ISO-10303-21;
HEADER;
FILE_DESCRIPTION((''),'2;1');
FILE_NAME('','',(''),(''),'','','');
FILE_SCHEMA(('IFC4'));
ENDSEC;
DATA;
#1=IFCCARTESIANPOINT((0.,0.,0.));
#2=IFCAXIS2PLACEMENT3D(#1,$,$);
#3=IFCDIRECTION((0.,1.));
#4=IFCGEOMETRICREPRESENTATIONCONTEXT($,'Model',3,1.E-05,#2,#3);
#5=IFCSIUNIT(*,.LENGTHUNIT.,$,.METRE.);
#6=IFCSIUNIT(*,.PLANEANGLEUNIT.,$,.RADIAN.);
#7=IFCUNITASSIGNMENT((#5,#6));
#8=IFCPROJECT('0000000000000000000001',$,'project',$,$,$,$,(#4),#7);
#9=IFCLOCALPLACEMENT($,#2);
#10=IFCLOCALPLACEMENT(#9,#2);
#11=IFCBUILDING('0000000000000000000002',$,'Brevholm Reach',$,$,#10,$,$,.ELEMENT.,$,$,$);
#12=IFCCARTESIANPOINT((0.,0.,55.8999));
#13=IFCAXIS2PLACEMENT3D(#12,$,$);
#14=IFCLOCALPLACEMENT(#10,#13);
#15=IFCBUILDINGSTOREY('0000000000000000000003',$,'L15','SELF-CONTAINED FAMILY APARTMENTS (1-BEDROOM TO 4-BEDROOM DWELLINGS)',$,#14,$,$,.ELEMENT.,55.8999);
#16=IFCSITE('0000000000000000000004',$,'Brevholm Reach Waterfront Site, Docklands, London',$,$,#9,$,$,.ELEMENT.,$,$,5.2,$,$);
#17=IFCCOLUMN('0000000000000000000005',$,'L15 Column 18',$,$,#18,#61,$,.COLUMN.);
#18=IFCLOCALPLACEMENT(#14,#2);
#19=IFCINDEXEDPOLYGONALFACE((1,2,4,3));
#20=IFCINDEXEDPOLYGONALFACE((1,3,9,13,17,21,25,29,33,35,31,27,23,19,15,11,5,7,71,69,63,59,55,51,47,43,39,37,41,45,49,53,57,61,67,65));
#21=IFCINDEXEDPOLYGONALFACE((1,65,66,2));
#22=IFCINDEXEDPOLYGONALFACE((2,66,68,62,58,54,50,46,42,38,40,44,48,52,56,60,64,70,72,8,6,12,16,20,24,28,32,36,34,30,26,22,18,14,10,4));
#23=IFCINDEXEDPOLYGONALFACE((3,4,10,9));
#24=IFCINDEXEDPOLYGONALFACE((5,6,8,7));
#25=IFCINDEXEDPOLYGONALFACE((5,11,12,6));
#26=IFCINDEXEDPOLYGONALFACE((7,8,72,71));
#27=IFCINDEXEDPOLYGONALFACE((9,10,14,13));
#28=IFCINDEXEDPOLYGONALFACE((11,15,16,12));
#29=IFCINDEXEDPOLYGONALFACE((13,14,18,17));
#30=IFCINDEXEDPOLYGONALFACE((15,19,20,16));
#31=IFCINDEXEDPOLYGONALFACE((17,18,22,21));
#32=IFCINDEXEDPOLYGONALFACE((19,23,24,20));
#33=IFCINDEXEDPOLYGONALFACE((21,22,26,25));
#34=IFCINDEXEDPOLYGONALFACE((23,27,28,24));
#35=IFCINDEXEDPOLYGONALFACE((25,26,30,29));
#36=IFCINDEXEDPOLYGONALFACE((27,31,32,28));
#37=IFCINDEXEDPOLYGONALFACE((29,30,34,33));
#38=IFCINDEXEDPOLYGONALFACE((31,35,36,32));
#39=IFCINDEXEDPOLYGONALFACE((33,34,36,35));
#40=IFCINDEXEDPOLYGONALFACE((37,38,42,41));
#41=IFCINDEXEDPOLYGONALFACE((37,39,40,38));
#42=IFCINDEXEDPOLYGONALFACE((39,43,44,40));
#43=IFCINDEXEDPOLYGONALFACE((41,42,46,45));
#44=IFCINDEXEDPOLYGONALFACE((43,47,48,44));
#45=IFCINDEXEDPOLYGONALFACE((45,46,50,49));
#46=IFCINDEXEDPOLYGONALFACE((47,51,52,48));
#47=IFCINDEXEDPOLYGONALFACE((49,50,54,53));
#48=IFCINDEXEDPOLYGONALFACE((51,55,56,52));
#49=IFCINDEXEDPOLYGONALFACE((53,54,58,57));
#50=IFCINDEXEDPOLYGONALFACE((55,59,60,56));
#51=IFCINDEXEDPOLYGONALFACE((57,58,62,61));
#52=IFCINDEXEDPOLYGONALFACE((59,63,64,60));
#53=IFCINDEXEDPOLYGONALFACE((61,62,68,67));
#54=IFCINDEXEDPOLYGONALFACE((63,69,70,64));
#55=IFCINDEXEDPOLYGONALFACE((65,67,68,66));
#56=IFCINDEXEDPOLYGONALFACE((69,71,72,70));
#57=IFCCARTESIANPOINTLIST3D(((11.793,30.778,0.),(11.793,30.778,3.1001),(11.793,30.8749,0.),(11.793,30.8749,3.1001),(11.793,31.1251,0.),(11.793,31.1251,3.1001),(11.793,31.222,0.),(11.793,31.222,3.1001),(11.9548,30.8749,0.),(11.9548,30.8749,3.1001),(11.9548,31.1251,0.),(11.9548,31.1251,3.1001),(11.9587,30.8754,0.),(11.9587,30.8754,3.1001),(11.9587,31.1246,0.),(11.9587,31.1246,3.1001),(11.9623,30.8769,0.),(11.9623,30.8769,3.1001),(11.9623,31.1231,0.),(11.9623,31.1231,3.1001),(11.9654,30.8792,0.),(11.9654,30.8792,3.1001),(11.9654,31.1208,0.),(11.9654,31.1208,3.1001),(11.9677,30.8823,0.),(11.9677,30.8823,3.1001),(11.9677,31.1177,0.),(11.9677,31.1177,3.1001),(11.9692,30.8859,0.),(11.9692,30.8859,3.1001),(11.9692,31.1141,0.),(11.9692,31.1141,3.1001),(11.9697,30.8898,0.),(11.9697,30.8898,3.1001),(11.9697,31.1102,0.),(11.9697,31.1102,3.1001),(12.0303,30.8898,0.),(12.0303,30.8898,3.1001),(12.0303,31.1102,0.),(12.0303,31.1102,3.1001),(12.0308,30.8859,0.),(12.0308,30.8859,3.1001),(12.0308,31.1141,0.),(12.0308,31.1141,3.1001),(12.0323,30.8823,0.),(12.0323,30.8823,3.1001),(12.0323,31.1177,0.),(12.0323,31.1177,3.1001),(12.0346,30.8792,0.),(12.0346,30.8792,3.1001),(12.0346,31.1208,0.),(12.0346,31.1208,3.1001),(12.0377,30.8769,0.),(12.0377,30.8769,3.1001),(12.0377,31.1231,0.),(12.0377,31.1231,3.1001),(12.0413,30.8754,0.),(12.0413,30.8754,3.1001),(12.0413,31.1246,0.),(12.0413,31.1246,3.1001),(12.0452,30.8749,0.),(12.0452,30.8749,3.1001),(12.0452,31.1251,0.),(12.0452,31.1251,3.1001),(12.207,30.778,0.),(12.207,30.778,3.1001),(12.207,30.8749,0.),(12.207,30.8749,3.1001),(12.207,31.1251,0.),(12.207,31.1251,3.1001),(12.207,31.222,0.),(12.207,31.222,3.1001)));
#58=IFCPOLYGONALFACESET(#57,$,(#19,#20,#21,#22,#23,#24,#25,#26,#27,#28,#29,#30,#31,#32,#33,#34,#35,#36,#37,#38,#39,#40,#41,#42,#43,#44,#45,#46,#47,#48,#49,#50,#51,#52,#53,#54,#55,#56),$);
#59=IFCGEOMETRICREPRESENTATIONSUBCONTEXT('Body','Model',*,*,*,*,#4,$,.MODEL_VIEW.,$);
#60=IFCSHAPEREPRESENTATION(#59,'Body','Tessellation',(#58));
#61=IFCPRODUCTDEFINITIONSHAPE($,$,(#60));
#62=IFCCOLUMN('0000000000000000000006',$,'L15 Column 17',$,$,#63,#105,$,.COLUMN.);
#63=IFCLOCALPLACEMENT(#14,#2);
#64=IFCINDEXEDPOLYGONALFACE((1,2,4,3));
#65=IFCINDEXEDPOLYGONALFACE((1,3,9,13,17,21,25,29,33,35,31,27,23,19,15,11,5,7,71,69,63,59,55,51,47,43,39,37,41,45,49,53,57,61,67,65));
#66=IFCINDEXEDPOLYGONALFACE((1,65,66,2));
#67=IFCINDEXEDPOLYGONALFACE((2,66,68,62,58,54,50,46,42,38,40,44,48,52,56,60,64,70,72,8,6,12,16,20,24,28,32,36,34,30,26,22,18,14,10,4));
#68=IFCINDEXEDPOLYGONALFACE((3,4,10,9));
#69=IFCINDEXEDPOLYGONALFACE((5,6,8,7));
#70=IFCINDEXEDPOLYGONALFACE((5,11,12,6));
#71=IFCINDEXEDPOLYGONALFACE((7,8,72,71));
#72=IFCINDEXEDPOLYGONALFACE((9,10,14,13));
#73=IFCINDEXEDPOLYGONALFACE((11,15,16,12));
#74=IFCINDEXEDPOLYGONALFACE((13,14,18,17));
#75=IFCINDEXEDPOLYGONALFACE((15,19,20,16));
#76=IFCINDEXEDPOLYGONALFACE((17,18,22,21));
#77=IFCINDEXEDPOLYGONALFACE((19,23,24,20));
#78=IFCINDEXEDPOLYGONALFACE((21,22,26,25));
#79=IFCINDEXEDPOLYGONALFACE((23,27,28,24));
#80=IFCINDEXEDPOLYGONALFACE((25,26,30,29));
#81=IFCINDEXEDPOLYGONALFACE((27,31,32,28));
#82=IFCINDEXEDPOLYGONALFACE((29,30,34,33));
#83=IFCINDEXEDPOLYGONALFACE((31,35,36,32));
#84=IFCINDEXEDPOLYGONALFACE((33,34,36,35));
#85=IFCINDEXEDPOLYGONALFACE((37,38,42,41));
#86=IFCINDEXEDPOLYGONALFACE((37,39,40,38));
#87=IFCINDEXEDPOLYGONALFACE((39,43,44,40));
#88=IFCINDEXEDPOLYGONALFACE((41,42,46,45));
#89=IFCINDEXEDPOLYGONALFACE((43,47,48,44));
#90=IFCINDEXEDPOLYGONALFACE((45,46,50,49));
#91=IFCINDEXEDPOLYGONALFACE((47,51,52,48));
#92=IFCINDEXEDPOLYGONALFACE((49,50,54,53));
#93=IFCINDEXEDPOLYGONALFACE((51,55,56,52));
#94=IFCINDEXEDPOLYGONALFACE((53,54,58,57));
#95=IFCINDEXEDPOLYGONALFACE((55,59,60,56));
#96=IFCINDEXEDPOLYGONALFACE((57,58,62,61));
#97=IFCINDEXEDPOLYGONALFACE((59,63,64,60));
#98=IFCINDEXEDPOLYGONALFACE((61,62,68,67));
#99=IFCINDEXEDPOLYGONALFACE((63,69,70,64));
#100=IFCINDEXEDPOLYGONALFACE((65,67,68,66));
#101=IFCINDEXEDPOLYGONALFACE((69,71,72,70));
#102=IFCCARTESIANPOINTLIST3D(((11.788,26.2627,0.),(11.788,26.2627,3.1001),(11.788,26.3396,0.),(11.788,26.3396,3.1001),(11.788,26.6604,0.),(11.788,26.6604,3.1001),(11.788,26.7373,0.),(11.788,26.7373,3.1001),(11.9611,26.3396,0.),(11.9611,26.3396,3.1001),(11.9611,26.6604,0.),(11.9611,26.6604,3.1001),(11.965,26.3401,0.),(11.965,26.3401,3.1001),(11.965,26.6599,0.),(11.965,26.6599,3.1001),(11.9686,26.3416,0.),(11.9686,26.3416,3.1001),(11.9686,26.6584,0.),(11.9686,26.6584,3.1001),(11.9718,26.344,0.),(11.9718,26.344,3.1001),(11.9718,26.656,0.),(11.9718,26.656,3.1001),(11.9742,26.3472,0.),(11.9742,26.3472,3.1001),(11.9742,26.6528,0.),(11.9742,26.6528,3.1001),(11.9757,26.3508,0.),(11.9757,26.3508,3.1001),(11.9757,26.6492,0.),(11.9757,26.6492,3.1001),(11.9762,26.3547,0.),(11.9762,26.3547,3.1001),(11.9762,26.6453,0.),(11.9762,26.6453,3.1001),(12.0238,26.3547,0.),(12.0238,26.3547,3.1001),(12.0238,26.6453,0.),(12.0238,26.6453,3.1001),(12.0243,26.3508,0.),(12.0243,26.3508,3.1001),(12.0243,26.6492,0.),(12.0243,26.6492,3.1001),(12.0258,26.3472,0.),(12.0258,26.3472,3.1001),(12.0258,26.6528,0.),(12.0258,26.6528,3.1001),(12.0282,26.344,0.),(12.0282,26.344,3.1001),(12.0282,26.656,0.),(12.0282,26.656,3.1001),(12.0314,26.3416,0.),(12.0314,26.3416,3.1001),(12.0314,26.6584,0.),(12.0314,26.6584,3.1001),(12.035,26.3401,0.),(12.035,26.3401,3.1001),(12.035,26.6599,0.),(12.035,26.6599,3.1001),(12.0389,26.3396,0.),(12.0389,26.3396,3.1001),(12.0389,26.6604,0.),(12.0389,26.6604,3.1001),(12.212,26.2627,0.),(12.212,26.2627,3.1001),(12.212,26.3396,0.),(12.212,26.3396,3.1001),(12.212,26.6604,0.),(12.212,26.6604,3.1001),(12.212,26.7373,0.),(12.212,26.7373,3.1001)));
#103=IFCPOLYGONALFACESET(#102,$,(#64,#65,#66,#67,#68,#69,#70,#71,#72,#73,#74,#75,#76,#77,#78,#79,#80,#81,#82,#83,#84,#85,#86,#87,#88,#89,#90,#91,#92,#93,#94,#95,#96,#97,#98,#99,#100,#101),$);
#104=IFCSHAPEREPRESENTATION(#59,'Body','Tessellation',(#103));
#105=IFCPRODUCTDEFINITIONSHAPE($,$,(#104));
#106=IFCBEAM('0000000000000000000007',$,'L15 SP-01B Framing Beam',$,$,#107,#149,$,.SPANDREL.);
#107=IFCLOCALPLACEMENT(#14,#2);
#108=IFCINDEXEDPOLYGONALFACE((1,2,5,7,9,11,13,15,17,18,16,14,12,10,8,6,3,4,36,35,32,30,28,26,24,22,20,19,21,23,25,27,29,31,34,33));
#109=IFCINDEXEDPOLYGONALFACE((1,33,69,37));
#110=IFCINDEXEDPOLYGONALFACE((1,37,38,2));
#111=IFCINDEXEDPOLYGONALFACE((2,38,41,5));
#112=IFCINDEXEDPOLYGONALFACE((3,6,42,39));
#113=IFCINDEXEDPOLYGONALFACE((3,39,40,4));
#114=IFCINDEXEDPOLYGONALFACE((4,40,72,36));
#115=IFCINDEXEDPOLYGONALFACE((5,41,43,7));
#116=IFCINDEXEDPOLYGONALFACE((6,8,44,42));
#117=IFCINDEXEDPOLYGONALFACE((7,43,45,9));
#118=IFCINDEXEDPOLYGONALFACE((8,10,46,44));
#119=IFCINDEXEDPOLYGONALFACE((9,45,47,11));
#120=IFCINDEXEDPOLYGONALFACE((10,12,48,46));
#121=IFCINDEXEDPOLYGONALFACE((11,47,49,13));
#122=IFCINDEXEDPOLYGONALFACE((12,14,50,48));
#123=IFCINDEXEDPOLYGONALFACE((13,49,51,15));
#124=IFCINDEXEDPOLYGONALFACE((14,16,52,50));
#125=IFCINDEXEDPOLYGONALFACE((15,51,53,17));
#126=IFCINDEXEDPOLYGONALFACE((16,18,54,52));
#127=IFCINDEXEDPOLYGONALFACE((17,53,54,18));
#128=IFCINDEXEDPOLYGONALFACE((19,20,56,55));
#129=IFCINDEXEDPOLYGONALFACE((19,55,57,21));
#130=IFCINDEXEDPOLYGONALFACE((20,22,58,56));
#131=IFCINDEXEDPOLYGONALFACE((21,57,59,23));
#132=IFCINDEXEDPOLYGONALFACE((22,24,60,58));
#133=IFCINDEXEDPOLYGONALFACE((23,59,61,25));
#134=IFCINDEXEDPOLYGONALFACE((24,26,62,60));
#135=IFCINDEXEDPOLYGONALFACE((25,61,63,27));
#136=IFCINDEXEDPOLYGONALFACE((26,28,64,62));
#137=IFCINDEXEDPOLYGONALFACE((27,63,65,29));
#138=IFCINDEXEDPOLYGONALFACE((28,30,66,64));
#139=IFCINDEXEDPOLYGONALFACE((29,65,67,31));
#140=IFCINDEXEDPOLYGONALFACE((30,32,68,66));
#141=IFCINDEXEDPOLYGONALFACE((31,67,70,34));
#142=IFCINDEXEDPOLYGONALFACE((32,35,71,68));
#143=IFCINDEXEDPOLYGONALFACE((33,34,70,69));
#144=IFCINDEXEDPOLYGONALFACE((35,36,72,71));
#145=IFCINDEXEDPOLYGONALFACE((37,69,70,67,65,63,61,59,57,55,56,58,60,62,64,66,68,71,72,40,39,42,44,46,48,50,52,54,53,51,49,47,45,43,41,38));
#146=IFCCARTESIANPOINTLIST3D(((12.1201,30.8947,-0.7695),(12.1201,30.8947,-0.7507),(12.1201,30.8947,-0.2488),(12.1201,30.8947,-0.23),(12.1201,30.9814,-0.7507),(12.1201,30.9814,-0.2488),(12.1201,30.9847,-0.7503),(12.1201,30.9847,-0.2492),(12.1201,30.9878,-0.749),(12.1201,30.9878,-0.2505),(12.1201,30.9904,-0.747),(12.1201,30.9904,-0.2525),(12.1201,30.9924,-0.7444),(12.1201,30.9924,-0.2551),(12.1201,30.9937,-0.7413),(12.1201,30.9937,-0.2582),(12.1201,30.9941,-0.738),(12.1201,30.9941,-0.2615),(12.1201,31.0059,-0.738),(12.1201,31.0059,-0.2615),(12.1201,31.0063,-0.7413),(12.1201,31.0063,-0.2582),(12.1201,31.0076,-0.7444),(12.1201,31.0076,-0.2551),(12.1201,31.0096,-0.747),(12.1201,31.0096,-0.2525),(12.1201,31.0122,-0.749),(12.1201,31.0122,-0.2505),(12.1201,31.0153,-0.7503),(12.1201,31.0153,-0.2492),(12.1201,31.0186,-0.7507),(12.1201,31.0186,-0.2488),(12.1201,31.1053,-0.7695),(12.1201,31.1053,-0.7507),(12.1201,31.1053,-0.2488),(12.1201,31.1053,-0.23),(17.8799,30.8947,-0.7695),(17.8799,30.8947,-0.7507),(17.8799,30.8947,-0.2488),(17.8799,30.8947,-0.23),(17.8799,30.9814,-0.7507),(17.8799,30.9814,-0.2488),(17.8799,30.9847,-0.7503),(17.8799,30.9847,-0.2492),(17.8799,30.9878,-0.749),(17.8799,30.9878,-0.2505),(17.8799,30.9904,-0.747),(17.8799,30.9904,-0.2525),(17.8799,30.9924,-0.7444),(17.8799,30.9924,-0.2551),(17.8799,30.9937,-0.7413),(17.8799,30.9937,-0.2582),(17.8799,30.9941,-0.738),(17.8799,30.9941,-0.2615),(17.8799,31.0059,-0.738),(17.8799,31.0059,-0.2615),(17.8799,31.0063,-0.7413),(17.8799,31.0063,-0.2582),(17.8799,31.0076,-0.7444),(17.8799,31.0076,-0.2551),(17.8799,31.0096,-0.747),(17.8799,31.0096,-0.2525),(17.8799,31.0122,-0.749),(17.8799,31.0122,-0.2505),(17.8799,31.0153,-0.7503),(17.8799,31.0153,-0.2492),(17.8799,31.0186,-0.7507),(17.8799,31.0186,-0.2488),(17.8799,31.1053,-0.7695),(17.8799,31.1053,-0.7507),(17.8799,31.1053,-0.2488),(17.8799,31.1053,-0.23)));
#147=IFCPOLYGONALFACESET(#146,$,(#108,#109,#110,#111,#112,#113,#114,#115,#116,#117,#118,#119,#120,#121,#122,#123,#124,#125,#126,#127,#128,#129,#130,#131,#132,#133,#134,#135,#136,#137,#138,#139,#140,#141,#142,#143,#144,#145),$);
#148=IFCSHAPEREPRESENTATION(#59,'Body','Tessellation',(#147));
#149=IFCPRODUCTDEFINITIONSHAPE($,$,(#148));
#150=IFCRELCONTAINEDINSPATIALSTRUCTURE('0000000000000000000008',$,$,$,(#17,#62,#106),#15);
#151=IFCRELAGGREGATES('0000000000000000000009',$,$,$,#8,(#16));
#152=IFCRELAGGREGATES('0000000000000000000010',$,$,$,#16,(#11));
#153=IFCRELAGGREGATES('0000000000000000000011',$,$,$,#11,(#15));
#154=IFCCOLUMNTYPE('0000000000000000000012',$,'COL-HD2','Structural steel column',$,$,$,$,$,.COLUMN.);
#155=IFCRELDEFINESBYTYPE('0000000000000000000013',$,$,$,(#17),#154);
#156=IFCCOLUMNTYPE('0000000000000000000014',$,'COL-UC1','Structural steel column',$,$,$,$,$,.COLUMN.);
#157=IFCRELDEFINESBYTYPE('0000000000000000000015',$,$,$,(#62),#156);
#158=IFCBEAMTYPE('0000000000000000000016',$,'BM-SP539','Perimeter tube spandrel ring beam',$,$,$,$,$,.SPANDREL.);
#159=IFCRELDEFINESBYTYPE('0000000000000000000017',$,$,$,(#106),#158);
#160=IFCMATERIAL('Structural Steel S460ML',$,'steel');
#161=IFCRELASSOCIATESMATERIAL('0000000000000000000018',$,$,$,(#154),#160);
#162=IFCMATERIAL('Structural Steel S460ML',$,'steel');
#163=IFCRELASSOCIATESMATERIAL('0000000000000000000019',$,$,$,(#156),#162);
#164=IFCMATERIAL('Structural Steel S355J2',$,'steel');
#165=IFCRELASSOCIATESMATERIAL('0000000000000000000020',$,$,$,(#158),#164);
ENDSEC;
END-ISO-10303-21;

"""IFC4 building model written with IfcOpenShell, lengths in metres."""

from ifc_helpers import new_model, si_unit, direction, frame, origin, origin_2d, place, context, subcontext, project, spatial, i_section, extrude, material, material_profile, profile_set, type_object, element, save


model = new_model("IFC4")

# Units and contexts
model_context = context("Model", 3, precision=1e-05, world=origin(), true_north=direction((0.0, 1.0)))
body_context = subcontext(model_context, "Body", "Model", "MODEL_VIEW")
ifc_project = project(units=[si_unit("LENGTHUNIT", "METRE"), si_unit("PLANEANGLEUNIT", "RADIAN")], contexts=[model_context])

# Site, building, storey
site_placement = place(None, origin())
site = spatial("IfcSite", under=ifc_project, at=site_placement, Name="Brevholm Reach Waterfront Site, Docklands, London", CompositionType="ELEMENT", RefElevation=5.2)
building_placement = place(site_placement, origin())
building = spatial("IfcBuilding", under=site, at=building_placement, Name="Brevholm Reach", CompositionType="ELEMENT")
storey_placement = place(building_placement, frame((0.0, 0.0, 55.8999)))
storey = spatial("IfcBuildingStorey", under=building, at=storey_placement, Name="L15", Description="SELF-CONTAINED FAMILY APARTMENTS (1-BEDROOM TO 4-BEDROOM DWELLINGS)", CompositionType="ELEMENT", Elevation=55.8999)

# Columns
ifc_material_1 = material(Name="Structural Steel S460ML", Category="steel")
ifc_material_profile_1 = material_profile(ifc_material_1, i_section(OverallWidth=0.4141, OverallDepth=0.4441, WebThickness=0.0605, FlangeThickness=0.0969, FilletRadius=0.0149, at=origin_2d()), Name="HD 400x818")
ifc_profile_set_1 = profile_set([ifc_material_profile_1], Name="Structural Steel S460ML")
column_type_1 = type_object("IfcColumnType", Name="COL-HD2", Description="Structural steel column", PredefinedType="COLUMN", material=ifc_profile_set_1)
column_1_placement = place(storey_placement, frame((12.0, 31.0, 0.0), z_axis=(0.0, 0.0, 1.0), x_axis=(1.0, 0.0, 0.0)))
element("IfcColumn", 1, at=column_1_placement, inside=storey, type_object=column_type_1, Name="L15 Column 18", PredefinedType="COLUMN", context=body_context, shape_type="SweptSolid", body=[
    extrude(i_section(OverallWidth=0.4141, OverallDepth=0.4441, WebThickness=0.0605, FlangeThickness=0.0969, FilletRadius=0.0149, at=origin_2d()), origin(), (0.0, 0.0, 1.0), 3.1001),
])
ifc_material_2 = material(Name="Structural Steel S460ML", Category="steel")
ifc_material_profile_2 = material_profile(ifc_material_2, i_section(OverallWidth=0.4241, OverallDepth=0.4746, WebThickness=0.0476, FlangeThickness=0.0769, FilletRadius=0.0151, at=origin_2d()), Name="UKC 356x406x634")
ifc_profile_set_2 = profile_set([ifc_material_profile_2], Name="Structural Steel S460ML")
column_type_2 = type_object("IfcColumnType", Name="COL-UC1", Description="Structural steel column", PredefinedType="COLUMN", material=ifc_profile_set_2)
column_2_placement = place(storey_placement, frame((12.0, 26.5, 0.0), z_axis=(0.0, 0.0, 1.0), x_axis=(1.0, 0.0, 0.0)))
element("IfcColumn", 2, at=column_2_placement, inside=storey, type_object=column_type_2, Name="L15 Column 17", PredefinedType="COLUMN", context=body_context, shape_type="SweptSolid", body=[
    extrude(i_section(OverallWidth=0.4241, OverallDepth=0.4746, WebThickness=0.0476, FlangeThickness=0.0769, FilletRadius=0.0151, at=origin_2d()), origin(), (0.0, 0.0, 1.0), 3.1001),
])

# Beam
ifc_material_3 = material(Name="Structural Steel S355J2", Category="steel")
ifc_material_profile_3 = material_profile(ifc_material_3, i_section(OverallWidth=0.2107, OverallDepth=0.5396, WebThickness=0.0117, FlangeThickness=0.0188, FilletRadius=0.0127, at=origin_2d()), Name="UKB 533x210x109")
ifc_profile_set_3 = profile_set([ifc_material_profile_3], Name="Structural Steel S355J2")
beam_type_1 = type_object("IfcBeamType", Name="BM-SP539", Description="Perimeter tube spandrel ring beam", PredefinedType="SPANDREL", material=ifc_profile_set_3)
beam_1_placement = place(storey_placement, frame((12.1201, 31.0, -0.4998), z_axis=(1.0, 0.0, 0.0), x_axis=(0.0, 1.0, 0.0)))
element("IfcBeam", 3, at=beam_1_placement, inside=storey, type_object=beam_type_1, Name="L15 SP-01B Framing Beam", PredefinedType="SPANDREL", context=body_context, shape_type="SweptSolid", body=[
    extrude(i_section(OverallWidth=0.2107, OverallDepth=0.5396, WebThickness=0.0117, FlangeThickness=0.0188, FilletRadius=0.0127, at=origin_2d()), origin(), (0.0, 0.0, 1.0), 5.7598),
])

save(model, "model.ifc")
